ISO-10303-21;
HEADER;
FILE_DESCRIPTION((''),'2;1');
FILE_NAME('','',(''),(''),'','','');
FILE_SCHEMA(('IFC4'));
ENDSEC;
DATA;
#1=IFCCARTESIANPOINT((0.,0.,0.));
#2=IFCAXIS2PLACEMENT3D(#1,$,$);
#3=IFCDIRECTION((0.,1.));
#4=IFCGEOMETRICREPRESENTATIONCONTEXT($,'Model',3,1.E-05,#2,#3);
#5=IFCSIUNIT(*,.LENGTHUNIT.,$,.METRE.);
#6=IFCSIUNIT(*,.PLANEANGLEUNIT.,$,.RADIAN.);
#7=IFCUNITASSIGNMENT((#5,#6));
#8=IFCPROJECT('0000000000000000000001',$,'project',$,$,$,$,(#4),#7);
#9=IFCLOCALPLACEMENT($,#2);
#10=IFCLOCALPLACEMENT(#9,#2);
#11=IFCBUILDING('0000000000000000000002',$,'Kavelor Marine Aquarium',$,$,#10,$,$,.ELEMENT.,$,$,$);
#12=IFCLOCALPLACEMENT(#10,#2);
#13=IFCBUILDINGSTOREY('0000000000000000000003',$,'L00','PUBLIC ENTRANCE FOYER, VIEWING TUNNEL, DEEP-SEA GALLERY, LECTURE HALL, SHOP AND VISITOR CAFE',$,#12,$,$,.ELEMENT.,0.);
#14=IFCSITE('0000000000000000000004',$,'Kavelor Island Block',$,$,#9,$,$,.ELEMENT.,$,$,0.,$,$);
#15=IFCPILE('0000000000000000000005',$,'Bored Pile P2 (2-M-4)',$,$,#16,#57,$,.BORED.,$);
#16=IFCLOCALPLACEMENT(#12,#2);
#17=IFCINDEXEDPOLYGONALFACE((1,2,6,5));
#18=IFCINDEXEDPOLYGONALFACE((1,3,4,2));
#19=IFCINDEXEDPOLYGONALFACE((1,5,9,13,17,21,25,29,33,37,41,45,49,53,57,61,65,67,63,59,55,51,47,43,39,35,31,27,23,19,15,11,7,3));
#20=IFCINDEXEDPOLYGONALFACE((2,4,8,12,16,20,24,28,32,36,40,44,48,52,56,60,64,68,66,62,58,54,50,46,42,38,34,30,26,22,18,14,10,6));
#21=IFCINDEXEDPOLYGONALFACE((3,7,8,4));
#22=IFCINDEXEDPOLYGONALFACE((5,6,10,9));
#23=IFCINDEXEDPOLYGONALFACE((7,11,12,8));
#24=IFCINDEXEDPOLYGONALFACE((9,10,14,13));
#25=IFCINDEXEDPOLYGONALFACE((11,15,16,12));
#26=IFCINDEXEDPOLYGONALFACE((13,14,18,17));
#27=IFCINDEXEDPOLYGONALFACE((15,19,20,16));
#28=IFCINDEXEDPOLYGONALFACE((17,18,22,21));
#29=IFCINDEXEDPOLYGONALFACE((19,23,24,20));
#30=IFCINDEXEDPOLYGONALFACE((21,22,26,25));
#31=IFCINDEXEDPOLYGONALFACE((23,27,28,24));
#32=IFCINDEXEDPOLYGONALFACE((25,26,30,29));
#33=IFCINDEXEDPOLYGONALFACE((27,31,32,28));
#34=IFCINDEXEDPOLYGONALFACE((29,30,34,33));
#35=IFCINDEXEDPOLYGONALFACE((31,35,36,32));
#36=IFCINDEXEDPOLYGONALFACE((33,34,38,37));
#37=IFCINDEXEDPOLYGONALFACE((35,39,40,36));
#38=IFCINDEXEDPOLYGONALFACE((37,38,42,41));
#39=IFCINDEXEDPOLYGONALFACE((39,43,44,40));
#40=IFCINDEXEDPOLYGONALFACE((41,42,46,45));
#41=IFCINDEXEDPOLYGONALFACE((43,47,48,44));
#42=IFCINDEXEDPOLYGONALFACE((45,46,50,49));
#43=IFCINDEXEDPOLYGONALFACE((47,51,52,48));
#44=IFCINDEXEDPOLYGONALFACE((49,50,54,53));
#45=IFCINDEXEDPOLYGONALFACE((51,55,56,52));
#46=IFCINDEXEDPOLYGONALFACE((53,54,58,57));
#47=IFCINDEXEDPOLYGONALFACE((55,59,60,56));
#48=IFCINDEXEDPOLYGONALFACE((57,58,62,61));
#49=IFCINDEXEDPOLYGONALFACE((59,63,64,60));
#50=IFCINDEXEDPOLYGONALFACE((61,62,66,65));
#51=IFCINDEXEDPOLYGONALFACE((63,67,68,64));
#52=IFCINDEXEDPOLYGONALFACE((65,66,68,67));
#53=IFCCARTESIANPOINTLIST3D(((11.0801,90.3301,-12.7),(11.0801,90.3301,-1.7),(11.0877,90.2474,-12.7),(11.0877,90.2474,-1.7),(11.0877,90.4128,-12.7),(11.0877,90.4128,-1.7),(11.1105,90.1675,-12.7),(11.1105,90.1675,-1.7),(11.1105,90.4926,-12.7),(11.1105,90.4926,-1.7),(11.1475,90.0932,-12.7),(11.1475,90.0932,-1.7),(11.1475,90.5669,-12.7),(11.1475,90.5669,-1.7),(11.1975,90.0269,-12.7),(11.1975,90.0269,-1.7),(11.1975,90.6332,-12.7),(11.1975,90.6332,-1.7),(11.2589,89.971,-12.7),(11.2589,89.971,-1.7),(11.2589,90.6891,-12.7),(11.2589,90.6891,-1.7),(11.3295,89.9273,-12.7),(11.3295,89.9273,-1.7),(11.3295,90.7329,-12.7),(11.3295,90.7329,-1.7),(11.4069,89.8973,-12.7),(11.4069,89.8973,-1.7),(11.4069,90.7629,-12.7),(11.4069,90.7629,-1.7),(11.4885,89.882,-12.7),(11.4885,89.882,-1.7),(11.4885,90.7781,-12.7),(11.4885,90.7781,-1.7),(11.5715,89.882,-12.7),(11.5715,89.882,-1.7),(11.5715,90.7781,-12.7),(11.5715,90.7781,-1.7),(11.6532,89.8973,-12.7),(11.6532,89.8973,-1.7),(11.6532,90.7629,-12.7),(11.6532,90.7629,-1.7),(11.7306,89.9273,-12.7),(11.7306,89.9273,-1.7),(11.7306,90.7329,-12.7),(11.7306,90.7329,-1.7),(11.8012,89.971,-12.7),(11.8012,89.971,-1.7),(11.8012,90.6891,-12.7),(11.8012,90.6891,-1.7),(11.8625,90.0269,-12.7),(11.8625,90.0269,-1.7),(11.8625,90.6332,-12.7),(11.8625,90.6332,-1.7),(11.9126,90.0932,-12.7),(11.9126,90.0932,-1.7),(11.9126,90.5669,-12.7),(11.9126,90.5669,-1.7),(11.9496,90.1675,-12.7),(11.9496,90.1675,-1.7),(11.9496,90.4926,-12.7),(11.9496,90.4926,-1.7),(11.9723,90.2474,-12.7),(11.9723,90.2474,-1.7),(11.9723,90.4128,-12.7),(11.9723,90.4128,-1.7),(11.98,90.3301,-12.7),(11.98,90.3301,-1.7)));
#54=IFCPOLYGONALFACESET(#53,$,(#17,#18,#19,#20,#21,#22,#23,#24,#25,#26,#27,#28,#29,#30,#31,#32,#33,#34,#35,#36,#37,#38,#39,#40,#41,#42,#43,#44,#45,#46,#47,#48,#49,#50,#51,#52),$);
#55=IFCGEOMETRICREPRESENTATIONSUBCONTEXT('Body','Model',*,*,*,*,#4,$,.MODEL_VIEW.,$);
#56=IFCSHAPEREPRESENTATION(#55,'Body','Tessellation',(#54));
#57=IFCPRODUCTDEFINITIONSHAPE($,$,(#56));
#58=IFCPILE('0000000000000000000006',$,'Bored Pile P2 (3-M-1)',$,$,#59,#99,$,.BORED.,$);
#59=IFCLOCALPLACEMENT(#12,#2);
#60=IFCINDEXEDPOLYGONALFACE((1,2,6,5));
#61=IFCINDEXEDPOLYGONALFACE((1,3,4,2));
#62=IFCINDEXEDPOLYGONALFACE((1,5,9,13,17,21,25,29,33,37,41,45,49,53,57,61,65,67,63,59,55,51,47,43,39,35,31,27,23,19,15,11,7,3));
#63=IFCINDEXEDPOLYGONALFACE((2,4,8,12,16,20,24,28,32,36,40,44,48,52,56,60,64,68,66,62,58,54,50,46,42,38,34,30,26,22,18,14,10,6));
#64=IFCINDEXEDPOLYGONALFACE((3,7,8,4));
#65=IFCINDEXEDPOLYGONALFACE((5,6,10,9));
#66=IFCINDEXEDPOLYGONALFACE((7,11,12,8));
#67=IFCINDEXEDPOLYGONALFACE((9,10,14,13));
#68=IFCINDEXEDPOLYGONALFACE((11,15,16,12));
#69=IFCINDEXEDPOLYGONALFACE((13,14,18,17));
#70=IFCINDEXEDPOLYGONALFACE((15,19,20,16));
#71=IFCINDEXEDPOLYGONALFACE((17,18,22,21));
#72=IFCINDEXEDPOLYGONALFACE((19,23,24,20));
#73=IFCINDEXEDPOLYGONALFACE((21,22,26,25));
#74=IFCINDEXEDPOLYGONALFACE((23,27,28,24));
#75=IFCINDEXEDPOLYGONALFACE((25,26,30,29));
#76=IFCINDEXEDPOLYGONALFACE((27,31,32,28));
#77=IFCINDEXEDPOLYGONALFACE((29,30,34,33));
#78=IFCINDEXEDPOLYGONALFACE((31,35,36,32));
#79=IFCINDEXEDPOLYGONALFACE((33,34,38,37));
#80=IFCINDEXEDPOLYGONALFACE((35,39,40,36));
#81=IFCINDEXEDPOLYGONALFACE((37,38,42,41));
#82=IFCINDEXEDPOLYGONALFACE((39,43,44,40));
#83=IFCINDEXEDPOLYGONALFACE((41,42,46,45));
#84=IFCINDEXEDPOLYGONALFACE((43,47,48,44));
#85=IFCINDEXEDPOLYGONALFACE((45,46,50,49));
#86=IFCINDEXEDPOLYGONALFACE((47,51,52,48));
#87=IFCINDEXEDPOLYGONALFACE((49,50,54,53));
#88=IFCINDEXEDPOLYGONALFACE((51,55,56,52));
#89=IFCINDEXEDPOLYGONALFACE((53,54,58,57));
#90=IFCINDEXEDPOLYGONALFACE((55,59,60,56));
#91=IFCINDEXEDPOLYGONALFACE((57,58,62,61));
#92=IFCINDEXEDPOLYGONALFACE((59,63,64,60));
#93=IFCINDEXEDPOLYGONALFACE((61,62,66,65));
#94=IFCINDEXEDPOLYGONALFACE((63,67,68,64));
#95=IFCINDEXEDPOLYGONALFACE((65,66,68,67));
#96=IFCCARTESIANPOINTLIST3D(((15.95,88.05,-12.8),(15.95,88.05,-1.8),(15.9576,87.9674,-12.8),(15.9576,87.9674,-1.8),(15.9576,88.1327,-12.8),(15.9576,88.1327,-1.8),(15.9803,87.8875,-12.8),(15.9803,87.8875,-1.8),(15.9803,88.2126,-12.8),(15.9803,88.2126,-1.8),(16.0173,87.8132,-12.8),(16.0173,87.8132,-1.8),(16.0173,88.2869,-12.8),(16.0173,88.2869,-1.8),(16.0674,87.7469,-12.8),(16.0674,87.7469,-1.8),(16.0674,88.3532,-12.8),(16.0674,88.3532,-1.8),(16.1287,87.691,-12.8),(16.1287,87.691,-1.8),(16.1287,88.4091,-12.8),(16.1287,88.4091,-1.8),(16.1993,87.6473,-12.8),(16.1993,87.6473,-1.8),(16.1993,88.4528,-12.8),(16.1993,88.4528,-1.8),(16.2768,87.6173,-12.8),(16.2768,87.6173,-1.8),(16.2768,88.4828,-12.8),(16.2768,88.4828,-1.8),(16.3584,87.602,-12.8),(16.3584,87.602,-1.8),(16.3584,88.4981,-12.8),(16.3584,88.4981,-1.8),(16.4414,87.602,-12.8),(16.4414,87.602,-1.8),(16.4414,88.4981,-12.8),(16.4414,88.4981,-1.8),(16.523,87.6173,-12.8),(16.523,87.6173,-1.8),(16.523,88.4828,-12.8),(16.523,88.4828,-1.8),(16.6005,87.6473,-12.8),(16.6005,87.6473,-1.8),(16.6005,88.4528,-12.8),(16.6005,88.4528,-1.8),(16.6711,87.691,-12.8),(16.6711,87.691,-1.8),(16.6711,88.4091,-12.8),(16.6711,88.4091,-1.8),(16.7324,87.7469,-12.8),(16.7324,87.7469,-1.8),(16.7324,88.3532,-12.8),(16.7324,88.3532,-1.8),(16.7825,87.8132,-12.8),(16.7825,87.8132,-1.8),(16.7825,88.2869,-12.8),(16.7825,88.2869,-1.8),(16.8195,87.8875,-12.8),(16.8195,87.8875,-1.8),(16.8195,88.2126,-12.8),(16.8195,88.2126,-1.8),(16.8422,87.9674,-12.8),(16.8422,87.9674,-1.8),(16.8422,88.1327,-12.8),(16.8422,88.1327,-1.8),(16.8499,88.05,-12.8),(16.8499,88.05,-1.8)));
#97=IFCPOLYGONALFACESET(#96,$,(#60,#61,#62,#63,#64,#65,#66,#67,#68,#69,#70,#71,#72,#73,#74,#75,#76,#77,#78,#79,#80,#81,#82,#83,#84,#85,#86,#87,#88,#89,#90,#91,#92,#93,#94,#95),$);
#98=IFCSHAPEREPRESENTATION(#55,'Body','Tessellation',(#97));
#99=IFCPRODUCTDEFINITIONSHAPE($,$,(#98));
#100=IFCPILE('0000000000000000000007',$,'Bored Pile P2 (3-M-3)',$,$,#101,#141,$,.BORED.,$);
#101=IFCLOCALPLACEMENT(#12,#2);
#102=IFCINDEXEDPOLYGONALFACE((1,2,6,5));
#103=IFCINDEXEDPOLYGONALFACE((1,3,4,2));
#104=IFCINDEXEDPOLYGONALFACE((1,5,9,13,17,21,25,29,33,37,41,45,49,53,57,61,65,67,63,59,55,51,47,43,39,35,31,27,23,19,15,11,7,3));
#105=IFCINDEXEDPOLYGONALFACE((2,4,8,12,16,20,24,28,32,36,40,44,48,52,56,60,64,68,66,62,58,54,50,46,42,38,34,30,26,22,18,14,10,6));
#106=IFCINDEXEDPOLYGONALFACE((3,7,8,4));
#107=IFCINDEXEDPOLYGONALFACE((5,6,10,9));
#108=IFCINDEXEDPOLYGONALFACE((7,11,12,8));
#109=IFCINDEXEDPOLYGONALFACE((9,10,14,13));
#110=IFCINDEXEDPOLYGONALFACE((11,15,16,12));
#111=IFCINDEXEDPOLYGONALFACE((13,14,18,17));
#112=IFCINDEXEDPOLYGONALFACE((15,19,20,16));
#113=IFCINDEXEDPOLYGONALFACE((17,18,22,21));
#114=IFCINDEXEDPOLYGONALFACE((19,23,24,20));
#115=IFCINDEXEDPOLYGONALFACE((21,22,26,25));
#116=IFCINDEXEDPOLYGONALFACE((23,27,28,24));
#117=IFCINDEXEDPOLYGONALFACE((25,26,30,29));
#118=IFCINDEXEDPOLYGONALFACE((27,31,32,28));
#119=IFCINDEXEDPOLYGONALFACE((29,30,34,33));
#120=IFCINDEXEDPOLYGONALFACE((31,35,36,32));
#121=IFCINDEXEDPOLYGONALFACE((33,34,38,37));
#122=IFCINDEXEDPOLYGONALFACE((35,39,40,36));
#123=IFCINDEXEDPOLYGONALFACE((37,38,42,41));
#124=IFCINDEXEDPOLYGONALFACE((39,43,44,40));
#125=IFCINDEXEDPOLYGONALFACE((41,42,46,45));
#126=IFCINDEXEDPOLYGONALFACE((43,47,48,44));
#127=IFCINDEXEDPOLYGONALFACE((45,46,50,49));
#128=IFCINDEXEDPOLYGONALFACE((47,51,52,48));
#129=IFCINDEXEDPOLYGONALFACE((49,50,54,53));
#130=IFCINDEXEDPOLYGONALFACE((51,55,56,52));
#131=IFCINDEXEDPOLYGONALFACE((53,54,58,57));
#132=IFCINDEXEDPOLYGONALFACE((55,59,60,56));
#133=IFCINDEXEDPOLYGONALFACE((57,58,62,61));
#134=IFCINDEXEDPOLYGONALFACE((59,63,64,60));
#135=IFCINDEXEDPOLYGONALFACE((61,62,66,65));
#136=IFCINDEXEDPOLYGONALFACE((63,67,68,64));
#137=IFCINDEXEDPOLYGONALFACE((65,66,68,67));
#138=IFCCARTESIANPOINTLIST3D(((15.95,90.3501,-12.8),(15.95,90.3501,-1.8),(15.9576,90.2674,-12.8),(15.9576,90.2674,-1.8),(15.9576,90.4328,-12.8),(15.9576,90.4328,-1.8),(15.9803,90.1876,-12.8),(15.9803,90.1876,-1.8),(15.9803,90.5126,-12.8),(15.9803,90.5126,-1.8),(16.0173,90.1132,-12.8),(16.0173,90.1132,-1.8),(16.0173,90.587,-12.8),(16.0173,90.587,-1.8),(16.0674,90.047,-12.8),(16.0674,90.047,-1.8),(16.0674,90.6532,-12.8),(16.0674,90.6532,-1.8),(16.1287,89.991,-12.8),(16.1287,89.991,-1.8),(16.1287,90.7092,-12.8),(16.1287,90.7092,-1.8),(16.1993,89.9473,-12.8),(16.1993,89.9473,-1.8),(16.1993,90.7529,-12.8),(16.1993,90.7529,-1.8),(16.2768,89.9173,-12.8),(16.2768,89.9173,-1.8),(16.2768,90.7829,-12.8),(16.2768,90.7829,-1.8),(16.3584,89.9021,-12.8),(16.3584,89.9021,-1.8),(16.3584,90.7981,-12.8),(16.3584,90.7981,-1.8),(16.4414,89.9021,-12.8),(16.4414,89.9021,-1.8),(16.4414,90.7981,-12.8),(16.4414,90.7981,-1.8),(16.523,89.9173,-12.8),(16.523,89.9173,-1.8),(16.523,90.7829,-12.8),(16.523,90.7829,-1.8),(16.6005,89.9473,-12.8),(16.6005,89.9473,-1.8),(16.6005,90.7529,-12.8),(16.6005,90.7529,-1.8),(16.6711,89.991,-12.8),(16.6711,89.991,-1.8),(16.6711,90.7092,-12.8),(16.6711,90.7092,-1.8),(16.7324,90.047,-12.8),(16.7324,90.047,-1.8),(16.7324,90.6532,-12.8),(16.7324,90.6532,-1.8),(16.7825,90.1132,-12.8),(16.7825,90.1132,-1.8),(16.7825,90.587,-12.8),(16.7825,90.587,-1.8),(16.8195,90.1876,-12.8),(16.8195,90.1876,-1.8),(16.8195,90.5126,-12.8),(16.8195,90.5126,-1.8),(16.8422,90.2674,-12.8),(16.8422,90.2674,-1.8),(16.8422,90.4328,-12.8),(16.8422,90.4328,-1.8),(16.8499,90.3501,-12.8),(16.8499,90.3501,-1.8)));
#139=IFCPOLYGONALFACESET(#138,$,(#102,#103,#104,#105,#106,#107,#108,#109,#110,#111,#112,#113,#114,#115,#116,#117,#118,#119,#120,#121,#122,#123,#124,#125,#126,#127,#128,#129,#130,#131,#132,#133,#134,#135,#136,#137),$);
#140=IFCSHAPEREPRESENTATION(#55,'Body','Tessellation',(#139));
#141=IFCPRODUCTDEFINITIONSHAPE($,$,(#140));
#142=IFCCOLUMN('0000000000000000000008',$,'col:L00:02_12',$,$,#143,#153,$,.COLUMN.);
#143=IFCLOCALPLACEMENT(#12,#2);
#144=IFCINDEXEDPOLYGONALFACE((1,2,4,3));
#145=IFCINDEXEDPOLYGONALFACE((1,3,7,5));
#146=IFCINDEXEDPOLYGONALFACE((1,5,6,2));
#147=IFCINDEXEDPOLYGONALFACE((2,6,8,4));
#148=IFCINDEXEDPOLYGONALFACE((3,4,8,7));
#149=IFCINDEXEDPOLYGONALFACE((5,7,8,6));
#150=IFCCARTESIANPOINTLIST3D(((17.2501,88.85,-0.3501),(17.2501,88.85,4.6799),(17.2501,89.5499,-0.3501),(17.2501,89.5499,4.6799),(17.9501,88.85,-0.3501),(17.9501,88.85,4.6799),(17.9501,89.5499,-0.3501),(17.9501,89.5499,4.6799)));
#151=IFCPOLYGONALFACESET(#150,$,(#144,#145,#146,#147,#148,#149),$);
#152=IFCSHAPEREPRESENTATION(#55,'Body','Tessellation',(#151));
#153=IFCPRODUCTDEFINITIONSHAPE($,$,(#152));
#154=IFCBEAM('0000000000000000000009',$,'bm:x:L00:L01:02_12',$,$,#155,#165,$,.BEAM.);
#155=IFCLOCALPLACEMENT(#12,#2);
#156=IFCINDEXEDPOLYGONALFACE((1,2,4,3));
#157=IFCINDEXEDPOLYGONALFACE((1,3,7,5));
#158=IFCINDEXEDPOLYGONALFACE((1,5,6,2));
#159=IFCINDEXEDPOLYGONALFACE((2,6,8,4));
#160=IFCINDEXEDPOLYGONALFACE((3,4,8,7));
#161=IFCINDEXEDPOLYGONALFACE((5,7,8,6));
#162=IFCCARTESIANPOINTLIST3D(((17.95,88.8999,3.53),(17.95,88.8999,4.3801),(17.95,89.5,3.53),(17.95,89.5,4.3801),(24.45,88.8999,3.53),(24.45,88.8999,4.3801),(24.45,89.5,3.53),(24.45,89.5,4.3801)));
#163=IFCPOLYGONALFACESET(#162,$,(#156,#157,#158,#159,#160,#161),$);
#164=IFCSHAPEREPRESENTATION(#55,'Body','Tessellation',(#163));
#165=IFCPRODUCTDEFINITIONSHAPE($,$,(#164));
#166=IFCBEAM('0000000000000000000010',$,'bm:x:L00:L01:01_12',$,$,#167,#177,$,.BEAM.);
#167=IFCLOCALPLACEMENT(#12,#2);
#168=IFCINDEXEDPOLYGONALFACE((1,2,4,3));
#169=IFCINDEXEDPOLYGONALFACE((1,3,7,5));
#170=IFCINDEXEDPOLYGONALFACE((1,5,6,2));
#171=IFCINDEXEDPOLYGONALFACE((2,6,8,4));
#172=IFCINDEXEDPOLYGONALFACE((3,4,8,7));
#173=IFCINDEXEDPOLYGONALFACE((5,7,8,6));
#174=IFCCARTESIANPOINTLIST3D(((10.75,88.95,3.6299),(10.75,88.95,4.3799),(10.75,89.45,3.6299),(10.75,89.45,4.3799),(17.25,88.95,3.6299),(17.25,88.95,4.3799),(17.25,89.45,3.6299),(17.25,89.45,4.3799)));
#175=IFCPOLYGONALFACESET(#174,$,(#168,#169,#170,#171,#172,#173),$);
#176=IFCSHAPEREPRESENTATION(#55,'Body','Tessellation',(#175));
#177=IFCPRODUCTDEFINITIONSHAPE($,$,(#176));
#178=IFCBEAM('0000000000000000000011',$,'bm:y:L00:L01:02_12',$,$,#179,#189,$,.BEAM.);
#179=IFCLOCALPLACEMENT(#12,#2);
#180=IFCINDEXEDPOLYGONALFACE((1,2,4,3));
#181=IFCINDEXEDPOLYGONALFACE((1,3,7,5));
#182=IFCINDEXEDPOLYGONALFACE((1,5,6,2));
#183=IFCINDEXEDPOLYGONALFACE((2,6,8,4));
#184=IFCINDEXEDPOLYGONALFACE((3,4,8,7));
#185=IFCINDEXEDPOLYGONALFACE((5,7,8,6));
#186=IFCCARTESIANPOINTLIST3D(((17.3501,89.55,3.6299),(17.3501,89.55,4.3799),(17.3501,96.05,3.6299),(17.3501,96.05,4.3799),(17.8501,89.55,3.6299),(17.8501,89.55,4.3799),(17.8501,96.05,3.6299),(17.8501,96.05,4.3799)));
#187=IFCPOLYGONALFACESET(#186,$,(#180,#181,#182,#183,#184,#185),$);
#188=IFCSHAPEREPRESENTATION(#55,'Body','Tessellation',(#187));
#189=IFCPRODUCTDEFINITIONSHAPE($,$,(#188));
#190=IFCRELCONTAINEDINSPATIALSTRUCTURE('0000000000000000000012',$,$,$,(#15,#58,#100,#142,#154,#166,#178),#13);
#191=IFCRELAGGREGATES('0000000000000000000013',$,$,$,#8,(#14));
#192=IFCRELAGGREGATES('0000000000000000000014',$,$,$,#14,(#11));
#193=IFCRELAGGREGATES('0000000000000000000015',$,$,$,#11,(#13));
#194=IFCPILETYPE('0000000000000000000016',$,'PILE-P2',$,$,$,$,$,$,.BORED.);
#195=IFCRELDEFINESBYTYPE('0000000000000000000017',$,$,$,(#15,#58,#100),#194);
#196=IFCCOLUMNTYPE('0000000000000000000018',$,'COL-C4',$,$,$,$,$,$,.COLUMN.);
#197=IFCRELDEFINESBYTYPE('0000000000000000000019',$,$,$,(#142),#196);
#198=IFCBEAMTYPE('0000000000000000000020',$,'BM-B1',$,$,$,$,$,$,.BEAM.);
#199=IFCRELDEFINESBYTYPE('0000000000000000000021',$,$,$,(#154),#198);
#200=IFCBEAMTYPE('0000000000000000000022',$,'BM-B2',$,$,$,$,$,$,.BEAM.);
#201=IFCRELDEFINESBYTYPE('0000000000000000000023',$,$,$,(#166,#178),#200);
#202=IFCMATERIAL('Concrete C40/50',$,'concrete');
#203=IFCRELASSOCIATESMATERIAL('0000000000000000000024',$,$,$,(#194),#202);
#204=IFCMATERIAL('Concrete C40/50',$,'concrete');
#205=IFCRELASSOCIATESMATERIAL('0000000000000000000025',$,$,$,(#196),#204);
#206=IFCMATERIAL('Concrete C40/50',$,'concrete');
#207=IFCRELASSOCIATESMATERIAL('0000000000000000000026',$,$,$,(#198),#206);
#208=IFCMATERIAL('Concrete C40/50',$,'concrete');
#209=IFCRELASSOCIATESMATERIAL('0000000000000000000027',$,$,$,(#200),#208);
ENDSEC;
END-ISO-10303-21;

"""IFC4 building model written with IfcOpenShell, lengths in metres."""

from ifc_helpers import new_model, si_unit, direction, frame, origin, origin_2d, place, context, subcontext, project, spatial, rectangle, circle, extrude, material, material_profile, profile_set, type_object, element, save


model = new_model("IFC4")

# Units and contexts
model_context = context("Model", 3, precision=1e-05, world=origin(), true_north=direction((0.0, 1.0)))
body_context = subcontext(model_context, "Body", "Model", "MODEL_VIEW")
ifc_project = project(units=[si_unit("LENGTHUNIT", "METRE"), si_unit("PLANEANGLEUNIT", "RADIAN")], contexts=[model_context])

# Site, building, storey
site_placement = place(None, origin())
site = spatial("IfcSite", under=ifc_project, at=site_placement, Name="Kavelor Island Block", CompositionType="ELEMENT", RefElevation=0.0)
building_placement = place(site_placement, origin())
building = spatial("IfcBuilding", under=site, at=building_placement, Name="Kavelor Marine Aquarium", CompositionType="ELEMENT")
storey_placement = place(building_placement, origin())
storey = spatial("IfcBuildingStorey", under=building, at=storey_placement, Name="L00", Description="PUBLIC ENTRANCE FOYER, VIEWING TUNNEL, DEEP-SEA GALLERY, LECTURE HALL, SHOP AND VISITOR CAFE", CompositionType="ELEMENT", Elevation=0.0)

# Piles
ifc_material_1 = material(Name="Concrete C40/50", Category="concrete")
ifc_material_profile_1 = material_profile(ifc_material_1, circle(Radius=0.45, at=origin_2d()), Name="PILE D900")
ifc_profile_set_1 = profile_set([ifc_material_profile_1], Name="Concrete C40/50")
pile_type_1 = type_object("IfcPileType", Name="PILE-P2", PredefinedType="BORED", material=ifc_profile_set_1)
for number, where, z_axis, x_axis, name in (
    (1, (11.53, 90.3301, -1.7), (0.0, 0.0, -1.0), (1.0, 0.0, 0.0), "Bored Pile P2 (2-M-4)"),
    (2, (16.3999, 88.05, -1.8), (0.0, 0.0, -1.0), (1.0, 0.0, 0.0), "Bored Pile P2 (3-M-1)"),
    (3, (16.3999, 90.3501, -1.8), (0.0, 0.0, -1.0), (1.0, 0.0, 0.0), "Bored Pile P2 (3-M-3)"),
):
    element("IfcPile", number, at=place(storey_placement, frame(where, z_axis=z_axis, x_axis=x_axis)), inside=storey, type_object=pile_type_1, Name=name, PredefinedType="BORED", context=body_context, shape_type="SweptSolid", body=[
        extrude(circle(Radius=0.45, at=origin_2d()), origin(), (0.0, 0.0, 1.0), 11.0),
    ])

# Column
ifc_material_2 = material(Name="Concrete C40/50", Category="concrete")
ifc_material_profile_2 = material_profile(ifc_material_2, rectangle(XDim=0.7, YDim=0.7, at=origin_2d()), Name="RC-COL 700x700")
ifc_profile_set_2 = profile_set([ifc_material_profile_2], Name="Concrete C40/50")
column_type = type_object("IfcColumnType", Name="COL-C4", PredefinedType="COLUMN", material=ifc_profile_set_2)
column_placement = place(storey_placement, frame((17.6001, 89.2, -0.3501), z_axis=(0.0, 0.0, 1.0), x_axis=(1.0, 0.0, 0.0)))
element("IfcColumn", 4, at=column_placement, inside=storey, type_object=column_type, Name="col:L00:02_12", PredefinedType="COLUMN", context=body_context, shape_type="SweptSolid", body=[
    extrude(rectangle(XDim=0.7, YDim=0.7, at=origin_2d()), origin(), (0.0, 0.0, 1.0), 5.03),
])

# Beams
ifc_material_3 = material(Name="Concrete C40/50", Category="concrete")
ifc_material_profile_3 = material_profile(ifc_material_3, rectangle(XDim=0.6001, YDim=0.8501, at=origin_2d()), Name="RC-BM 600x850")
ifc_profile_set_3 = profile_set([ifc_material_profile_3], Name="Concrete C40/50")
beam_type_1 = type_object("IfcBeamType", Name="BM-B1", PredefinedType="BEAM", material=ifc_profile_set_3)
beam_1_placement = place(storey_placement, frame((17.95, 89.2, 3.9551), z_axis=(1.0, 0.0, 0.0), x_axis=(0.0, 1.0, 0.0)))
element("IfcBeam", 5, at=beam_1_placement, inside=storey, type_object=beam_type_1, Name="bm:x:L00:L01:02_12", PredefinedType="BEAM", context=body_context, shape_type="SweptSolid", body=[
    extrude(rectangle(XDim=0.6001, YDim=0.8501, at=origin_2d()), origin(), (0.0, 0.0, 1.0), 6.5),
])
ifc_material_4 = material(Name="Concrete C40/50", Category="concrete")
ifc_material_profile_4 = material_profile(ifc_material_4, rectangle(XDim=0.5, YDim=0.75, at=origin_2d()), Name="RC-BM 500x750")
ifc_profile_set_4 = profile_set([ifc_material_profile_4], Name="Concrete C40/50")
beam_type_2 = type_object("IfcBeamType", Name="BM-B2", PredefinedType="BEAM", material=ifc_profile_set_4)
for number, where, z_axis, x_axis, name in (
    (6, (10.75, 89.2, 4.0049), (1.0, 0.0, 0.0), (0.0, 1.0, 0.0), "bm:x:L00:L01:01_12"),
    (7, (17.6001, 89.55, 4.0049), (0.0, 1.0, 0.0), (-1.0, 0.0, 0.0), "bm:y:L00:L01:02_12"),
):
    element("IfcBeam", number, at=place(storey_placement, frame(where, z_axis=z_axis, x_axis=x_axis)), inside=storey, type_object=beam_type_2, Name=name, PredefinedType="BEAM", context=body_context, shape_type="SweptSolid", body=[
        extrude(rectangle(XDim=0.5, YDim=0.75, at=origin_2d()), origin(), (0.0, 0.0, 1.0), 6.5),
    ])

save(model, "model.ifc")
